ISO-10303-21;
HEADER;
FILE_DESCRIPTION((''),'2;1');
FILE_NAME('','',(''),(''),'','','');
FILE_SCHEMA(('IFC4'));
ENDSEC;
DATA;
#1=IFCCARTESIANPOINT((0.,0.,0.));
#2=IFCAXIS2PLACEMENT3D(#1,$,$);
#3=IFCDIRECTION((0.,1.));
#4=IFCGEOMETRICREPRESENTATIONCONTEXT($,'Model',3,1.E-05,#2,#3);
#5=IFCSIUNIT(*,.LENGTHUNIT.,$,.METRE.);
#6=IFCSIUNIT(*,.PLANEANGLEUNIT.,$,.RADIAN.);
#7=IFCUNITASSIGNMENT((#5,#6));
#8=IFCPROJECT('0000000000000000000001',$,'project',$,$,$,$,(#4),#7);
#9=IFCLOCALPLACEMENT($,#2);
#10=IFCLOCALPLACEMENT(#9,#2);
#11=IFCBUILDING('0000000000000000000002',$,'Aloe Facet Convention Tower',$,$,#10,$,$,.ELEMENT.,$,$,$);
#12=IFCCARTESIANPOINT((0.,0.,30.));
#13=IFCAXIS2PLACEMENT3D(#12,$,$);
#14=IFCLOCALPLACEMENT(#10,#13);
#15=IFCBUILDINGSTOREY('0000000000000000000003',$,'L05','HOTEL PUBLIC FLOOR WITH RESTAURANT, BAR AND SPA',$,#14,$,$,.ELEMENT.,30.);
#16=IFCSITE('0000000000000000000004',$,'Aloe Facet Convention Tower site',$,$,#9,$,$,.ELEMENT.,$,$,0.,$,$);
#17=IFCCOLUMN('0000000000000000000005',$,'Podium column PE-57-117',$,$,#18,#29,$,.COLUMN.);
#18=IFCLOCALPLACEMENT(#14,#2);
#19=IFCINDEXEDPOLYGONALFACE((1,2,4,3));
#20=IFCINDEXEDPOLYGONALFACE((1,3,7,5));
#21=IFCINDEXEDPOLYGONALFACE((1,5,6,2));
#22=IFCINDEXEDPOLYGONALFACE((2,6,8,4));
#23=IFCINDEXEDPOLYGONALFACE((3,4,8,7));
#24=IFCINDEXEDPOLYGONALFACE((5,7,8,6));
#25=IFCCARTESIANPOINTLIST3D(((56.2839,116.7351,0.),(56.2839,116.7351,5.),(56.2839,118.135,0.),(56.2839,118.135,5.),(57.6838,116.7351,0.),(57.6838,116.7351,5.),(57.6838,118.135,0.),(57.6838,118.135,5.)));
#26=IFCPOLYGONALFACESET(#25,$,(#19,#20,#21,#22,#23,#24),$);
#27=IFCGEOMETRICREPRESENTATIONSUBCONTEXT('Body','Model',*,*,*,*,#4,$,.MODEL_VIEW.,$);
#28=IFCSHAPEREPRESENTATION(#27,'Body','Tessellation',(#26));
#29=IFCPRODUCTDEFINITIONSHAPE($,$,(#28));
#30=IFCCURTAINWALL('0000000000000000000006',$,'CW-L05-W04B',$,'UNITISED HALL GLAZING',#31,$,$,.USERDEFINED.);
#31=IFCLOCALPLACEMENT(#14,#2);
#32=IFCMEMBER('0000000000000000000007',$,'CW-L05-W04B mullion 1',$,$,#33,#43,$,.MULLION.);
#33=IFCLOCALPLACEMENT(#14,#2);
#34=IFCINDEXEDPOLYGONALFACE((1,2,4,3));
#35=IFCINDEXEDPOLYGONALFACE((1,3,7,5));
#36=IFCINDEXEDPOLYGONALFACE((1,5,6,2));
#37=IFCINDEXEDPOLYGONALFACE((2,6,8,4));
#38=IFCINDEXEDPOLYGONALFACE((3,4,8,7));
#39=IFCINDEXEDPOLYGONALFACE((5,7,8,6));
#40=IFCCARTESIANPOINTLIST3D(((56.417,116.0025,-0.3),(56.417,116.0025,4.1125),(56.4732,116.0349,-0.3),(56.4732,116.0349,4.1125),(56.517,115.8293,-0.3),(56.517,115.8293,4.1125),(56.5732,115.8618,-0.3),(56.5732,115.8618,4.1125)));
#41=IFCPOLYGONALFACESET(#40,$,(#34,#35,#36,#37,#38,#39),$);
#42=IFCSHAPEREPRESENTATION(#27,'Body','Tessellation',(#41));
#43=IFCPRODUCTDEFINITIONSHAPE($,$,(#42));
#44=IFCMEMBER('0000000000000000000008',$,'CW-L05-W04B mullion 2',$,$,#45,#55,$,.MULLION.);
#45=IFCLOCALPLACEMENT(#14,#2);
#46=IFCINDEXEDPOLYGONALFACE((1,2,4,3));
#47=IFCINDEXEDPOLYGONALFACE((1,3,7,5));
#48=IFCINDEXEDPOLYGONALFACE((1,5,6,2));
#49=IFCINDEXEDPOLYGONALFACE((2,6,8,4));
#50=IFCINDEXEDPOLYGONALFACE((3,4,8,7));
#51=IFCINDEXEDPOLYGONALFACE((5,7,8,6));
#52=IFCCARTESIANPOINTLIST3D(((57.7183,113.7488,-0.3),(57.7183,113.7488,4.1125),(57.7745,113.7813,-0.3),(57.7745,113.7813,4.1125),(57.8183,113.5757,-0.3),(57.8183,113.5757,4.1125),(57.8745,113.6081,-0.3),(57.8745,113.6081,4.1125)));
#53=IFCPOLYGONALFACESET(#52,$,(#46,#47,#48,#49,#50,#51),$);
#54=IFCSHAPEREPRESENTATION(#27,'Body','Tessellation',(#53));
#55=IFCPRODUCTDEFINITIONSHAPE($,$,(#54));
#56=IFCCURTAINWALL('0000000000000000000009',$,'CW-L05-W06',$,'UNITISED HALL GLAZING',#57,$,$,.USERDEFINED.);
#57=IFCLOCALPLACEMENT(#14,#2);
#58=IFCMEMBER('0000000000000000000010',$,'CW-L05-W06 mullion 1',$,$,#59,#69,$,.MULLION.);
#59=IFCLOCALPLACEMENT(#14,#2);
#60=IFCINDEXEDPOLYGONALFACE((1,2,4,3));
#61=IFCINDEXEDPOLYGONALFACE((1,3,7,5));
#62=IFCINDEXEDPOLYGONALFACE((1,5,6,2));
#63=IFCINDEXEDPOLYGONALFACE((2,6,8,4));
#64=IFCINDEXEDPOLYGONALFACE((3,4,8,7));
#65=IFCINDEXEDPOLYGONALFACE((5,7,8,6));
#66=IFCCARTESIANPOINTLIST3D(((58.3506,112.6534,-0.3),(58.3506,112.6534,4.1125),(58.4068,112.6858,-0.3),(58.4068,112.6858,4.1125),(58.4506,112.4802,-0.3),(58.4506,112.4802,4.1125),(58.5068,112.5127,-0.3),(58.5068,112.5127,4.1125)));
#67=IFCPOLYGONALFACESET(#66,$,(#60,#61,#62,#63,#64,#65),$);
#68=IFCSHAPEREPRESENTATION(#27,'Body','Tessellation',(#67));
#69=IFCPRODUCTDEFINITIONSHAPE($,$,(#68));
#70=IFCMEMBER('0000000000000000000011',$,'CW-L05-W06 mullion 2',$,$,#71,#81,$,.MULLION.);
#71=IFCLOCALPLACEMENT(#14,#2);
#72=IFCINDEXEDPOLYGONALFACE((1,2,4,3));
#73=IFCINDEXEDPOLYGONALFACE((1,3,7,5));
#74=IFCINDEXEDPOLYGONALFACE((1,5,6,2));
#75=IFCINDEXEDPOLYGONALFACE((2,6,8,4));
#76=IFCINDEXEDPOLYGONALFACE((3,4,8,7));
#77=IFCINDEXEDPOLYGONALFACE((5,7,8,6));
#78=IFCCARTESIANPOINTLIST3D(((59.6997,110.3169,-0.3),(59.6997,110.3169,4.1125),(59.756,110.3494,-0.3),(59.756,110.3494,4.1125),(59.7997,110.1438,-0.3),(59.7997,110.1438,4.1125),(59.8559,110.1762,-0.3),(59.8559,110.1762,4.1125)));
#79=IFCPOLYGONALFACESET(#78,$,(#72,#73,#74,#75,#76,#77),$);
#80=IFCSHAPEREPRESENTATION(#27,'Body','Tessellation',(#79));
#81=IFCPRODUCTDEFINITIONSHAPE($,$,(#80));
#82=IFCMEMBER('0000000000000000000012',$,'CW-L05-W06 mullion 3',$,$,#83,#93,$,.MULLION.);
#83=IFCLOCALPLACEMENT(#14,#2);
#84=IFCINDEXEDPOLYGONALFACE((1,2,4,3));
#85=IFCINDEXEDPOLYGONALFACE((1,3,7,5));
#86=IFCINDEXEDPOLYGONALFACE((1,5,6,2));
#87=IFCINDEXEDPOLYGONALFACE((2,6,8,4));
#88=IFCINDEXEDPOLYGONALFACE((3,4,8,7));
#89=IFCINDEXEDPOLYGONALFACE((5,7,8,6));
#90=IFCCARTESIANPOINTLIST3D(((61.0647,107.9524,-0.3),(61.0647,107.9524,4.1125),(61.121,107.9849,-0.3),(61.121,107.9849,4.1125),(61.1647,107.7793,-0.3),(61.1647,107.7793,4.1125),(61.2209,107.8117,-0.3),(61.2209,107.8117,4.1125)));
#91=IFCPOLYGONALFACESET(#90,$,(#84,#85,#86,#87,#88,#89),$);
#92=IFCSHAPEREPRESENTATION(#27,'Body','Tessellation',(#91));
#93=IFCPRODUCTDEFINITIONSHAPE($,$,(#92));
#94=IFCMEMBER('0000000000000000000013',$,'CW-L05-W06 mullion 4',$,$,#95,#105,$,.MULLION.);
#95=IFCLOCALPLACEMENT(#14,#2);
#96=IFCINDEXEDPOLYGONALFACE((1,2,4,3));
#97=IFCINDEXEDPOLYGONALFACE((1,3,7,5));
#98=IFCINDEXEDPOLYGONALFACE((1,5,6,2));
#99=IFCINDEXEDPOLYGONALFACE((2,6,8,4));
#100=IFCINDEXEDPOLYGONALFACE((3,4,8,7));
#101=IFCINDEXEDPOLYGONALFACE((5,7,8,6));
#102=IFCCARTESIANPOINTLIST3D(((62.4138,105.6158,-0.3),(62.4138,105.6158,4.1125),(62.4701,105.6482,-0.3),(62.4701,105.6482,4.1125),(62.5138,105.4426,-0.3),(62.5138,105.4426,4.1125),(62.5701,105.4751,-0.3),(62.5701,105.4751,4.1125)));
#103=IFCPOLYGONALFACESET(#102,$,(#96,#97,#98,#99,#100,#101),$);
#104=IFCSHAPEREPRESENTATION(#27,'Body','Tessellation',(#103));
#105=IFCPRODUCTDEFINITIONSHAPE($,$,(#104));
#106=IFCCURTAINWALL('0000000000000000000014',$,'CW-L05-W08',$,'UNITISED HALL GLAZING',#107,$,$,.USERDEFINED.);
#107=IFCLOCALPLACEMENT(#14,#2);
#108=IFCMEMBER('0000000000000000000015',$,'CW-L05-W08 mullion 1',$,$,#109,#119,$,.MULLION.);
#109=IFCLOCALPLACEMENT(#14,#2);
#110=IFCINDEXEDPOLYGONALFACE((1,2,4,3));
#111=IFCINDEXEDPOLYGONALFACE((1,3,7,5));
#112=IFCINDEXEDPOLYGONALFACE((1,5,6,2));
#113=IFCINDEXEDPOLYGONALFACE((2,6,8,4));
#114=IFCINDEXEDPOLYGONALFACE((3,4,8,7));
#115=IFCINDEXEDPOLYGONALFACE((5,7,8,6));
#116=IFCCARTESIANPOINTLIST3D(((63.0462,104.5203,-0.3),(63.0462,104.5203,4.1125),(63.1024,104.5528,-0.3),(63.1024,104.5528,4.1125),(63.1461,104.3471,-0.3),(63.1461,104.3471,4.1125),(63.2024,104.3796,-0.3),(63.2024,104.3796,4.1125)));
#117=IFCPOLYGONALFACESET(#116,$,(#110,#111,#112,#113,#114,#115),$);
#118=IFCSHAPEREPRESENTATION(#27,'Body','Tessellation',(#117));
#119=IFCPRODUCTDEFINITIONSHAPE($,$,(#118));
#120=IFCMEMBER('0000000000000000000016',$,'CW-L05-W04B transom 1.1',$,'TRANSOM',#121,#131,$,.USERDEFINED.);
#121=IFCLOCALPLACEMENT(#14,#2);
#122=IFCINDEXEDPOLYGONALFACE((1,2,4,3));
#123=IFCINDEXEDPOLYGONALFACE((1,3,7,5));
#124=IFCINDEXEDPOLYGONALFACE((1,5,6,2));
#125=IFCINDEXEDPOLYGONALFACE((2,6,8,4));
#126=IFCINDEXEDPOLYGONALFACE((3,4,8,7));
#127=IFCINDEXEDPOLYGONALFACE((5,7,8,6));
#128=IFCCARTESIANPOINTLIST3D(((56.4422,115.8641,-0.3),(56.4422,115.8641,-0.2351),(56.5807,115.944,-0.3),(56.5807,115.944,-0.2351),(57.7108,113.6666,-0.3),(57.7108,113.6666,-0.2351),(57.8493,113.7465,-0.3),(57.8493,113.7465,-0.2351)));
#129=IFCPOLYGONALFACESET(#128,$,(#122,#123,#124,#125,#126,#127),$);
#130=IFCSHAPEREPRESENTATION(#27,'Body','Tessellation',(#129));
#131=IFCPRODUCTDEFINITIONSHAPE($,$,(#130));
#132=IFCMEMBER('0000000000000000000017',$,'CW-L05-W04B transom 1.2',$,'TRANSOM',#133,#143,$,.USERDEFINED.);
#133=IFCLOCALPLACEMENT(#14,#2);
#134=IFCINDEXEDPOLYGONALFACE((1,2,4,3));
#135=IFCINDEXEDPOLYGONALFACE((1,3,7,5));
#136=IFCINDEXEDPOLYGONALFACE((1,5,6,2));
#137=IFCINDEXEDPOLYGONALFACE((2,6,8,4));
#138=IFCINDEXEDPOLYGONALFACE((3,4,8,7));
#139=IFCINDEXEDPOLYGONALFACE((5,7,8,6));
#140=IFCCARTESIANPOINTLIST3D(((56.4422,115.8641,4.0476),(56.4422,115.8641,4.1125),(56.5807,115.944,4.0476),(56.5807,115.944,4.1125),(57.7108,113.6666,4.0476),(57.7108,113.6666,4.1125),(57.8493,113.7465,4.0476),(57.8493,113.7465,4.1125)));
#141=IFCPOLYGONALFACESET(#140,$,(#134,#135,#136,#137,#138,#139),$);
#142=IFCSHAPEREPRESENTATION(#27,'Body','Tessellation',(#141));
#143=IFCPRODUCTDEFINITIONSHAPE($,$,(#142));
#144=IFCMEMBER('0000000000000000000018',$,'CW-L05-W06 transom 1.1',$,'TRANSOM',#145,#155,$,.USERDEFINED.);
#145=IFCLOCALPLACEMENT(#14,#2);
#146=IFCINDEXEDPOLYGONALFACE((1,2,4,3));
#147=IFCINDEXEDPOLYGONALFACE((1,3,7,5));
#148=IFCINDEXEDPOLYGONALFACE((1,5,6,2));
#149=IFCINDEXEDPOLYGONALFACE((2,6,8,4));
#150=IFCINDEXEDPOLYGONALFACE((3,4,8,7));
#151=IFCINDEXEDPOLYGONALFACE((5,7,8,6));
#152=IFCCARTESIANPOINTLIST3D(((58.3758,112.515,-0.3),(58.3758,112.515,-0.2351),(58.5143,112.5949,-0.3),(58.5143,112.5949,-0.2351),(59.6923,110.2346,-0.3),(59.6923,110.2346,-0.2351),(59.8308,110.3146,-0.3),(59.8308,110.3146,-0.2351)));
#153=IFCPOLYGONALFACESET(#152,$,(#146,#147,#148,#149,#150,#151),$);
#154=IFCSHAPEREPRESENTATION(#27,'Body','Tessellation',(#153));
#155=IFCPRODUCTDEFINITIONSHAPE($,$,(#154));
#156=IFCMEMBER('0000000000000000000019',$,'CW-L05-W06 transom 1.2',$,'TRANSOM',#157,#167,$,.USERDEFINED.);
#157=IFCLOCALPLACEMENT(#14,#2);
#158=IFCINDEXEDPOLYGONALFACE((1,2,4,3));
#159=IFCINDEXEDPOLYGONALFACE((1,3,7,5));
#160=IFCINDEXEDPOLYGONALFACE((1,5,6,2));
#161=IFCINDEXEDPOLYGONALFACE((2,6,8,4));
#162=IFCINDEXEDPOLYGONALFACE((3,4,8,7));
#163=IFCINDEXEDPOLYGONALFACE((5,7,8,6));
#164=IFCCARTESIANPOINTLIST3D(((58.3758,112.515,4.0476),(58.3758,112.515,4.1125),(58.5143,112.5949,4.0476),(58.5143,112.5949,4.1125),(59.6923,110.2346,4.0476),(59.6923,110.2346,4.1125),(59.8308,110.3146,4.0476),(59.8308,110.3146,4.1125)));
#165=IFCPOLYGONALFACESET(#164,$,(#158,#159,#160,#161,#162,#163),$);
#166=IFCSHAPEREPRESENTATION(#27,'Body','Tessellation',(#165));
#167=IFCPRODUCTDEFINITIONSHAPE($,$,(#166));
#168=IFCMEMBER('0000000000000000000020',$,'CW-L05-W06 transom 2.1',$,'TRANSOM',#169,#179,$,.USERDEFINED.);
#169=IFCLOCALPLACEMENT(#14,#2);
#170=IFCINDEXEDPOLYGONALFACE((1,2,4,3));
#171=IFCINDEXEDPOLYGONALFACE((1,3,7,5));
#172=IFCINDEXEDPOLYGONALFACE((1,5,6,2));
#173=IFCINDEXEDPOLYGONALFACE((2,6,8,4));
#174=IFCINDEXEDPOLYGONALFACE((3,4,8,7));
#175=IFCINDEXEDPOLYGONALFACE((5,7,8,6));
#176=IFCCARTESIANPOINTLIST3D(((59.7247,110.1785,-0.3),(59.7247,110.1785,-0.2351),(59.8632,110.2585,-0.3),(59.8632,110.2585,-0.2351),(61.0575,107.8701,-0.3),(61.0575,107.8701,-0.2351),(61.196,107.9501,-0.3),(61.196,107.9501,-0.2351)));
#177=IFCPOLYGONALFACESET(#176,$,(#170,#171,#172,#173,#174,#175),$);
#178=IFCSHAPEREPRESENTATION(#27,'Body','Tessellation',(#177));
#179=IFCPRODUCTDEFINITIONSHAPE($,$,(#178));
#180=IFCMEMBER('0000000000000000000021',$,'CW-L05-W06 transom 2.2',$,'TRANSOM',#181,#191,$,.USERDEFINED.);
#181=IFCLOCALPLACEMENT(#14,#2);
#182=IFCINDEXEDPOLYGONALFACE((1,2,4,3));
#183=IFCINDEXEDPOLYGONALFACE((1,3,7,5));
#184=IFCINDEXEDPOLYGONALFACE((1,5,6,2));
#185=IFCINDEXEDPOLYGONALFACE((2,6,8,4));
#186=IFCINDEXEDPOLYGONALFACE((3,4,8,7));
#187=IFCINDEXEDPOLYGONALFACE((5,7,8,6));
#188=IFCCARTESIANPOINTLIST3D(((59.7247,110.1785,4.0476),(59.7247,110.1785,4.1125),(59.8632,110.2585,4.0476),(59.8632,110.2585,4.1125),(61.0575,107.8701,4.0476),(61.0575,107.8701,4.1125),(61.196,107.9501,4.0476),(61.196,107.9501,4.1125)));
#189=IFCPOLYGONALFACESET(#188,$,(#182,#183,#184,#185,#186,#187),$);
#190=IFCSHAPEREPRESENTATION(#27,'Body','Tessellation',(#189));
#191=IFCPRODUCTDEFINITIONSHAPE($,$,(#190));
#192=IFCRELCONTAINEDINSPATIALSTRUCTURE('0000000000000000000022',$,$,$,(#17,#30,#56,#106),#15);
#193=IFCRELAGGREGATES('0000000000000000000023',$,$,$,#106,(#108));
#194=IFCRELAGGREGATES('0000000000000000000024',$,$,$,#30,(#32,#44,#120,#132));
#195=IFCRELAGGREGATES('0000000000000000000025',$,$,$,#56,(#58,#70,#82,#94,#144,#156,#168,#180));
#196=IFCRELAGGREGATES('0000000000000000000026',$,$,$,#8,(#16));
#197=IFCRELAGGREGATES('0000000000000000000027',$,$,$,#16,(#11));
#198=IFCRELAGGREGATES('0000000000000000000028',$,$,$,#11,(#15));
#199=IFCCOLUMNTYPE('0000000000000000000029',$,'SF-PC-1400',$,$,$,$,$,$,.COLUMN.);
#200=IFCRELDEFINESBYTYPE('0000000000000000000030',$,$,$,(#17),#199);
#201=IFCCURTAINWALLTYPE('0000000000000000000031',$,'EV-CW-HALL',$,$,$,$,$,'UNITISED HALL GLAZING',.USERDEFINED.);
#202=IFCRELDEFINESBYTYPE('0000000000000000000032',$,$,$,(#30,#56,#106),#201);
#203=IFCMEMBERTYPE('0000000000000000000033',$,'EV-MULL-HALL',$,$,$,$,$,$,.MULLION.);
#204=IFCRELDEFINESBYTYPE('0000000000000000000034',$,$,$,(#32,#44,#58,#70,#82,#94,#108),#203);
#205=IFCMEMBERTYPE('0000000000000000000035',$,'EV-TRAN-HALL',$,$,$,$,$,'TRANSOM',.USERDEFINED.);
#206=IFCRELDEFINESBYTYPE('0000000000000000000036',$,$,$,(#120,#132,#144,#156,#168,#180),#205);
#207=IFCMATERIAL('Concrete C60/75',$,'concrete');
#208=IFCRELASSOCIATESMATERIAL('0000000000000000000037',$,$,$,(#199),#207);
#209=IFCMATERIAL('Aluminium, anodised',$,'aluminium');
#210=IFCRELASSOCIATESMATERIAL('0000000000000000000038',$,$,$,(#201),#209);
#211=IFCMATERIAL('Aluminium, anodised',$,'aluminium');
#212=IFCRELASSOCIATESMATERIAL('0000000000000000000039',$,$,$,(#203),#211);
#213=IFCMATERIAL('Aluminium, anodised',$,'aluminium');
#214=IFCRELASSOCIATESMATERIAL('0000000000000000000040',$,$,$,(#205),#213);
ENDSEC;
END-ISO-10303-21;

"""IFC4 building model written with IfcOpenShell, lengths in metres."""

from ifc_helpers import new_model, si_unit, direction, frame, origin, origin_2d, place, context, subcontext, project, spatial, rectangle, extrude, material, material_profile, profile_set, type_object, element, aggregate, save


model = new_model("IFC4")

# Units and contexts
model_context = context("Model", 3, precision=1e-05, world=origin(), true_north=direction((0.0, 1.0)))
body_context = subcontext(model_context, "Body", "Model", "MODEL_VIEW")
ifc_project = project(units=[si_unit("LENGTHUNIT", "METRE"), si_unit("PLANEANGLEUNIT", "RADIAN")], contexts=[model_context])

# Site, building, storey
site_placement = place(None, origin())
site = spatial("IfcSite", under=ifc_project, at=site_placement, Name="Aloe Facet Convention Tower site", CompositionType="ELEMENT", RefElevation=0.0)
building_placement = place(site_placement, origin())
building = spatial("IfcBuilding", under=site, at=building_placement, Name="Aloe Facet Convention Tower", CompositionType="ELEMENT")
storey_placement = place(building_placement, frame((0.0, 0.0, 30.0)))
storey = spatial("IfcBuildingStorey", under=building, at=storey_placement, Name="L05", Description="HOTEL PUBLIC FLOOR WITH RESTAURANT, BAR AND SPA", CompositionType="ELEMENT", Elevation=30.0)

# Column
ifc_material_1 = material(Name="Concrete C60/75", Category="concrete")
ifc_material_profile_1 = material_profile(ifc_material_1, rectangle(XDim=1.3999, YDim=1.3999, at=origin_2d()), Name="SF-PC-1400")
ifc_profile_set_1 = profile_set([ifc_material_profile_1], Name="Concrete C60/75")
column_type = type_object("IfcColumnType", Name="SF-PC-1400", PredefinedType="COLUMN", material=ifc_profile_set_1)
column_placement = place(storey_placement, frame((56.9839, 117.4351, 0.0), z_axis=(0.0, 0.0, 1.0), x_axis=(1.0, 0.0, 0.0)))
element("IfcColumn", 1, at=column_placement, inside=storey, type_object=column_type, Name="Podium column PE-57-117", PredefinedType="COLUMN", context=body_context, shape_type="SweptSolid", body=[
    extrude(rectangle(XDim=1.3999, YDim=1.3999, at=origin_2d()), origin(), (0.0, 0.0, 1.0), 5.0),
])

# Curtain walls, members
ifc_material_2 = material(Name="Aluminium, anodised", Category="aluminium")
curtain_wall_type = type_object("IfcCurtainWallType", Name="EV-CW-HALL", ElementType="UNITISED HALL GLAZING", PredefinedType="USERDEFINED", material=ifc_material_2)
curtain_wall_1_placement = place(storey_placement, origin())
curtain_wall_1 = element("IfcCurtainWall", 2, at=curtain_wall_1_placement, inside=storey, type_object=curtain_wall_type, Name="CW-L05-W04B", ObjectType="UNITISED HALL GLAZING", PredefinedType="USERDEFINED")
ifc_material_3 = material(Name="Aluminium, anodised", Category="aluminium")
ifc_material_profile_2 = material_profile(ifc_material_3, rectangle(XDim=0.0649, YDim=0.2, at=origin_2d()), Name="AL 65x200")
ifc_profile_set_2 = profile_set([ifc_material_profile_2], Name="Aluminium, anodised")
member_type_1 = type_object("IfcMemberType", Name="EV-MULL-HALL", PredefinedType="MULLION", material=ifc_profile_set_2)
member_1_placement = place(storey_placement, frame((56.4951, 115.9321, -0.3), z_axis=(0.0, 0.0, 1.0), x_axis=(0.866025, 0.5, 0.0)))
member_1 = element("IfcMember", 3, at=member_1_placement, type_object=member_type_1, Name="CW-L05-W04B mullion 1", PredefinedType="MULLION", context=body_context, shape_type="SweptSolid", body=[
    extrude(rectangle(XDim=0.0649, YDim=0.2, at=origin_2d()), origin(), (0.0, 0.0, 1.0), 4.4126),
])
member_2_placement = place(storey_placement, frame((57.7964, 113.6785, -0.3), z_axis=(0.0, 0.0, 1.0), x_axis=(0.866025, 0.5, 0.0)))
member_2 = element("IfcMember", 4, at=member_2_placement, type_object=member_type_1, Name="CW-L05-W04B mullion 2", PredefinedType="MULLION", context=body_context, shape_type="SweptSolid", body=[
    extrude(rectangle(XDim=0.0649, YDim=0.2, at=origin_2d()), origin(), (0.0, 0.0, 1.0), 4.4126),
])
curtain_wall_2_placement = place(storey_placement, origin())
curtain_wall_2 = element("IfcCurtainWall", 5, at=curtain_wall_2_placement, inside=storey, type_object=curtain_wall_type, Name="CW-L05-W06", ObjectType="UNITISED HALL GLAZING", PredefinedType="USERDEFINED")
member_3_placement = place(storey_placement, frame((58.4287, 112.583, -0.3), z_axis=(0.0, 0.0, 1.0), x_axis=(0.866025, 0.5, 0.0)))
member_3 = element("IfcMember", 6, at=member_3_placement, type_object=member_type_1, Name="CW-L05-W06 mullion 1", PredefinedType="MULLION", context=body_context, shape_type="SweptSolid", body=[
    extrude(rectangle(XDim=0.0649, YDim=0.2, at=origin_2d()), origin(), (0.0, 0.0, 1.0), 4.4126),
])
member_4_placement = place(storey_placement, frame((59.7778, 110.2466, -0.3), z_axis=(0.0, 0.0, 1.0), x_axis=(0.866025, 0.5, 0.0)))
member_4 = element("IfcMember", 7, at=member_4_placement, type_object=member_type_1, Name="CW-L05-W06 mullion 2", PredefinedType="MULLION", context=body_context, shape_type="SweptSolid", body=[
    extrude(rectangle(XDim=0.0649, YDim=0.2, at=origin_2d()), origin(), (0.0, 0.0, 1.0), 4.4126),
])
member_5_placement = place(storey_placement, frame((61.1428, 107.8821, -0.3), z_axis=(0.0, 0.0, 1.0), x_axis=(0.866025, 0.5, 0.0)))
member_5 = element("IfcMember", 8, at=member_5_placement, type_object=member_type_1, Name="CW-L05-W06 mullion 3", PredefinedType="MULLION", context=body_context, shape_type="SweptSolid", body=[
    extrude(rectangle(XDim=0.0649, YDim=0.2, at=origin_2d()), origin(), (0.0, 0.0, 1.0), 4.4126),
])
member_6_placement = place(storey_placement, frame((62.4919, 105.5454, -0.3), z_axis=(0.0, 0.0, 1.0), x_axis=(0.866025, 0.5, 0.0)))
member_6 = element("IfcMember", 9, at=member_6_placement, type_object=member_type_1, Name="CW-L05-W06 mullion 4", PredefinedType="MULLION", context=body_context, shape_type="SweptSolid", body=[
    extrude(rectangle(XDim=0.0649, YDim=0.2, at=origin_2d()), origin(), (0.0, 0.0, 1.0), 4.4126),
])

# Curtain wall, member
curtain_wall_3_placement = place(storey_placement, origin())
curtain_wall_3 = element("IfcCurtainWall", 10, at=curtain_wall_3_placement, inside=storey, type_object=curtain_wall_type, Name="CW-L05-W08", ObjectType="UNITISED HALL GLAZING", PredefinedType="USERDEFINED")
member_7_placement = place(storey_placement, frame((63.1243, 104.45, -0.3), z_axis=(0.0, 0.0, 1.0), x_axis=(0.866025, 0.5, 0.0)))
member_7 = element("IfcMember", 11, at=member_7_placement, type_object=member_type_1, Name="CW-L05-W08 mullion 1", PredefinedType="MULLION", context=body_context, shape_type="SweptSolid", body=[
    extrude(rectangle(XDim=0.0649, YDim=0.2, at=origin_2d()), origin(), (0.0, 0.0, 1.0), 4.4126),
])

# Members
ifc_material_4 = material(Name="Aluminium, anodised", Category="aluminium")
ifc_material_profile_3 = material_profile(ifc_material_4, rectangle(XDim=0.1599, YDim=0.0649, at=origin_2d()), Name="AL 160x65")
ifc_profile_set_3 = profile_set([ifc_material_profile_3], Name="Aluminium, anodised")
member_type_2 = type_object("IfcMemberType", Name="EV-TRAN-HALL", ElementType="TRANSOM", PredefinedType="USERDEFINED", material=ifc_profile_set_3)
member_8_placement = place(storey_placement, frame((56.5115, 115.9041, -0.2676), z_axis=(0.499947, -0.866056, 0.0), x_axis=(0.866056, 0.499947, 0.0)))
member_8 = element("IfcMember", 12, at=member_8_placement, type_object=member_type_2, Name="CW-L05-W04B transom 1.1", ObjectType="TRANSOM", PredefinedType="USERDEFINED", context=body_context, shape_type="SweptSolid", body=[
    extrude(rectangle(XDim=0.1599, YDim=0.0649, at=origin_2d()), origin(), (0.0, 0.0, 1.0), 2.5374),
])
member_9_placement = place(storey_placement, frame((56.5115, 115.9041, 4.0801), z_axis=(0.499947, -0.866056, 0.0), x_axis=(0.866056, 0.499947, 0.0)))
member_9 = element("IfcMember", 13, at=member_9_placement, type_object=member_type_2, Name="CW-L05-W04B transom 1.2", ObjectType="TRANSOM", PredefinedType="USERDEFINED", context=body_context, shape_type="SweptSolid", body=[
    extrude(rectangle(XDim=0.1599, YDim=0.0649, at=origin_2d()), origin(), (0.0, 0.0, 1.0), 2.5374),
])
member_10_placement = place(storey_placement, frame((58.4451, 112.5549, -0.2676), z_axis=(0.499969, -0.866044, 0.0), x_axis=(0.866044, 0.499969, 0.0)))
member_10 = element("IfcMember", 14, at=member_10_placement, type_object=member_type_2, Name="CW-L05-W06 transom 1.1", ObjectType="TRANSOM", PredefinedType="USERDEFINED", context=body_context, shape_type="SweptSolid", body=[
    extrude(rectangle(XDim=0.1599, YDim=0.0649, at=origin_2d()), origin(), (0.0, 0.0, 1.0), 2.6331),
])
member_11_placement = place(storey_placement, frame((58.4451, 112.5549, 4.0801), z_axis=(0.499969, -0.866044, 0.0), x_axis=(0.866044, 0.499969, 0.0)))
member_11 = element("IfcMember", 15, at=member_11_placement, type_object=member_type_2, Name="CW-L05-W06 transom 1.2", ObjectType="TRANSOM", PredefinedType="USERDEFINED", context=body_context, shape_type="SweptSolid", body=[
    extrude(rectangle(XDim=0.1599, YDim=0.0649, at=origin_2d()), origin(), (0.0, 0.0, 1.0), 2.6331),
])
member_12_placement = place(storey_placement, frame((59.7939, 110.2185, -0.2676), z_axis=(0.500011, -0.866019, 0.0), x_axis=(0.866019, 0.500011, 0.0)))
member_12 = element("IfcMember", 16, at=member_12_placement, type_object=member_type_2, Name="CW-L05-W06 transom 2.1", ObjectType="TRANSOM", PredefinedType="USERDEFINED", context=body_context, shape_type="SweptSolid", body=[
    extrude(rectangle(XDim=0.1599, YDim=0.0649, at=origin_2d()), origin(), (0.0, 0.0, 1.0), 2.6655),
])
member_13_placement = place(storey_placement, frame((59.7939, 110.2185, 4.0801), z_axis=(0.500011, -0.866019, 0.0), x_axis=(0.866019, 0.500011, 0.0)))
member_13 = element("IfcMember", 17, at=member_13_placement, type_object=member_type_2, Name="CW-L05-W06 transom 2.2", ObjectType="TRANSOM", PredefinedType="USERDEFINED", context=body_context, shape_type="SweptSolid", body=[
    extrude(rectangle(XDim=0.1599, YDim=0.0649, at=origin_2d()), origin(), (0.0, 0.0, 1.0), 2.6655),
])
aggregate(curtain_wall_3, [member_7])

aggregate(curtain_wall_1, [member_1, member_2, member_8, member_9])
aggregate(curtain_wall_2, [member_3, member_4, member_5, member_6, member_10, member_11, member_12, member_13])

save(model, "model.ifc")
